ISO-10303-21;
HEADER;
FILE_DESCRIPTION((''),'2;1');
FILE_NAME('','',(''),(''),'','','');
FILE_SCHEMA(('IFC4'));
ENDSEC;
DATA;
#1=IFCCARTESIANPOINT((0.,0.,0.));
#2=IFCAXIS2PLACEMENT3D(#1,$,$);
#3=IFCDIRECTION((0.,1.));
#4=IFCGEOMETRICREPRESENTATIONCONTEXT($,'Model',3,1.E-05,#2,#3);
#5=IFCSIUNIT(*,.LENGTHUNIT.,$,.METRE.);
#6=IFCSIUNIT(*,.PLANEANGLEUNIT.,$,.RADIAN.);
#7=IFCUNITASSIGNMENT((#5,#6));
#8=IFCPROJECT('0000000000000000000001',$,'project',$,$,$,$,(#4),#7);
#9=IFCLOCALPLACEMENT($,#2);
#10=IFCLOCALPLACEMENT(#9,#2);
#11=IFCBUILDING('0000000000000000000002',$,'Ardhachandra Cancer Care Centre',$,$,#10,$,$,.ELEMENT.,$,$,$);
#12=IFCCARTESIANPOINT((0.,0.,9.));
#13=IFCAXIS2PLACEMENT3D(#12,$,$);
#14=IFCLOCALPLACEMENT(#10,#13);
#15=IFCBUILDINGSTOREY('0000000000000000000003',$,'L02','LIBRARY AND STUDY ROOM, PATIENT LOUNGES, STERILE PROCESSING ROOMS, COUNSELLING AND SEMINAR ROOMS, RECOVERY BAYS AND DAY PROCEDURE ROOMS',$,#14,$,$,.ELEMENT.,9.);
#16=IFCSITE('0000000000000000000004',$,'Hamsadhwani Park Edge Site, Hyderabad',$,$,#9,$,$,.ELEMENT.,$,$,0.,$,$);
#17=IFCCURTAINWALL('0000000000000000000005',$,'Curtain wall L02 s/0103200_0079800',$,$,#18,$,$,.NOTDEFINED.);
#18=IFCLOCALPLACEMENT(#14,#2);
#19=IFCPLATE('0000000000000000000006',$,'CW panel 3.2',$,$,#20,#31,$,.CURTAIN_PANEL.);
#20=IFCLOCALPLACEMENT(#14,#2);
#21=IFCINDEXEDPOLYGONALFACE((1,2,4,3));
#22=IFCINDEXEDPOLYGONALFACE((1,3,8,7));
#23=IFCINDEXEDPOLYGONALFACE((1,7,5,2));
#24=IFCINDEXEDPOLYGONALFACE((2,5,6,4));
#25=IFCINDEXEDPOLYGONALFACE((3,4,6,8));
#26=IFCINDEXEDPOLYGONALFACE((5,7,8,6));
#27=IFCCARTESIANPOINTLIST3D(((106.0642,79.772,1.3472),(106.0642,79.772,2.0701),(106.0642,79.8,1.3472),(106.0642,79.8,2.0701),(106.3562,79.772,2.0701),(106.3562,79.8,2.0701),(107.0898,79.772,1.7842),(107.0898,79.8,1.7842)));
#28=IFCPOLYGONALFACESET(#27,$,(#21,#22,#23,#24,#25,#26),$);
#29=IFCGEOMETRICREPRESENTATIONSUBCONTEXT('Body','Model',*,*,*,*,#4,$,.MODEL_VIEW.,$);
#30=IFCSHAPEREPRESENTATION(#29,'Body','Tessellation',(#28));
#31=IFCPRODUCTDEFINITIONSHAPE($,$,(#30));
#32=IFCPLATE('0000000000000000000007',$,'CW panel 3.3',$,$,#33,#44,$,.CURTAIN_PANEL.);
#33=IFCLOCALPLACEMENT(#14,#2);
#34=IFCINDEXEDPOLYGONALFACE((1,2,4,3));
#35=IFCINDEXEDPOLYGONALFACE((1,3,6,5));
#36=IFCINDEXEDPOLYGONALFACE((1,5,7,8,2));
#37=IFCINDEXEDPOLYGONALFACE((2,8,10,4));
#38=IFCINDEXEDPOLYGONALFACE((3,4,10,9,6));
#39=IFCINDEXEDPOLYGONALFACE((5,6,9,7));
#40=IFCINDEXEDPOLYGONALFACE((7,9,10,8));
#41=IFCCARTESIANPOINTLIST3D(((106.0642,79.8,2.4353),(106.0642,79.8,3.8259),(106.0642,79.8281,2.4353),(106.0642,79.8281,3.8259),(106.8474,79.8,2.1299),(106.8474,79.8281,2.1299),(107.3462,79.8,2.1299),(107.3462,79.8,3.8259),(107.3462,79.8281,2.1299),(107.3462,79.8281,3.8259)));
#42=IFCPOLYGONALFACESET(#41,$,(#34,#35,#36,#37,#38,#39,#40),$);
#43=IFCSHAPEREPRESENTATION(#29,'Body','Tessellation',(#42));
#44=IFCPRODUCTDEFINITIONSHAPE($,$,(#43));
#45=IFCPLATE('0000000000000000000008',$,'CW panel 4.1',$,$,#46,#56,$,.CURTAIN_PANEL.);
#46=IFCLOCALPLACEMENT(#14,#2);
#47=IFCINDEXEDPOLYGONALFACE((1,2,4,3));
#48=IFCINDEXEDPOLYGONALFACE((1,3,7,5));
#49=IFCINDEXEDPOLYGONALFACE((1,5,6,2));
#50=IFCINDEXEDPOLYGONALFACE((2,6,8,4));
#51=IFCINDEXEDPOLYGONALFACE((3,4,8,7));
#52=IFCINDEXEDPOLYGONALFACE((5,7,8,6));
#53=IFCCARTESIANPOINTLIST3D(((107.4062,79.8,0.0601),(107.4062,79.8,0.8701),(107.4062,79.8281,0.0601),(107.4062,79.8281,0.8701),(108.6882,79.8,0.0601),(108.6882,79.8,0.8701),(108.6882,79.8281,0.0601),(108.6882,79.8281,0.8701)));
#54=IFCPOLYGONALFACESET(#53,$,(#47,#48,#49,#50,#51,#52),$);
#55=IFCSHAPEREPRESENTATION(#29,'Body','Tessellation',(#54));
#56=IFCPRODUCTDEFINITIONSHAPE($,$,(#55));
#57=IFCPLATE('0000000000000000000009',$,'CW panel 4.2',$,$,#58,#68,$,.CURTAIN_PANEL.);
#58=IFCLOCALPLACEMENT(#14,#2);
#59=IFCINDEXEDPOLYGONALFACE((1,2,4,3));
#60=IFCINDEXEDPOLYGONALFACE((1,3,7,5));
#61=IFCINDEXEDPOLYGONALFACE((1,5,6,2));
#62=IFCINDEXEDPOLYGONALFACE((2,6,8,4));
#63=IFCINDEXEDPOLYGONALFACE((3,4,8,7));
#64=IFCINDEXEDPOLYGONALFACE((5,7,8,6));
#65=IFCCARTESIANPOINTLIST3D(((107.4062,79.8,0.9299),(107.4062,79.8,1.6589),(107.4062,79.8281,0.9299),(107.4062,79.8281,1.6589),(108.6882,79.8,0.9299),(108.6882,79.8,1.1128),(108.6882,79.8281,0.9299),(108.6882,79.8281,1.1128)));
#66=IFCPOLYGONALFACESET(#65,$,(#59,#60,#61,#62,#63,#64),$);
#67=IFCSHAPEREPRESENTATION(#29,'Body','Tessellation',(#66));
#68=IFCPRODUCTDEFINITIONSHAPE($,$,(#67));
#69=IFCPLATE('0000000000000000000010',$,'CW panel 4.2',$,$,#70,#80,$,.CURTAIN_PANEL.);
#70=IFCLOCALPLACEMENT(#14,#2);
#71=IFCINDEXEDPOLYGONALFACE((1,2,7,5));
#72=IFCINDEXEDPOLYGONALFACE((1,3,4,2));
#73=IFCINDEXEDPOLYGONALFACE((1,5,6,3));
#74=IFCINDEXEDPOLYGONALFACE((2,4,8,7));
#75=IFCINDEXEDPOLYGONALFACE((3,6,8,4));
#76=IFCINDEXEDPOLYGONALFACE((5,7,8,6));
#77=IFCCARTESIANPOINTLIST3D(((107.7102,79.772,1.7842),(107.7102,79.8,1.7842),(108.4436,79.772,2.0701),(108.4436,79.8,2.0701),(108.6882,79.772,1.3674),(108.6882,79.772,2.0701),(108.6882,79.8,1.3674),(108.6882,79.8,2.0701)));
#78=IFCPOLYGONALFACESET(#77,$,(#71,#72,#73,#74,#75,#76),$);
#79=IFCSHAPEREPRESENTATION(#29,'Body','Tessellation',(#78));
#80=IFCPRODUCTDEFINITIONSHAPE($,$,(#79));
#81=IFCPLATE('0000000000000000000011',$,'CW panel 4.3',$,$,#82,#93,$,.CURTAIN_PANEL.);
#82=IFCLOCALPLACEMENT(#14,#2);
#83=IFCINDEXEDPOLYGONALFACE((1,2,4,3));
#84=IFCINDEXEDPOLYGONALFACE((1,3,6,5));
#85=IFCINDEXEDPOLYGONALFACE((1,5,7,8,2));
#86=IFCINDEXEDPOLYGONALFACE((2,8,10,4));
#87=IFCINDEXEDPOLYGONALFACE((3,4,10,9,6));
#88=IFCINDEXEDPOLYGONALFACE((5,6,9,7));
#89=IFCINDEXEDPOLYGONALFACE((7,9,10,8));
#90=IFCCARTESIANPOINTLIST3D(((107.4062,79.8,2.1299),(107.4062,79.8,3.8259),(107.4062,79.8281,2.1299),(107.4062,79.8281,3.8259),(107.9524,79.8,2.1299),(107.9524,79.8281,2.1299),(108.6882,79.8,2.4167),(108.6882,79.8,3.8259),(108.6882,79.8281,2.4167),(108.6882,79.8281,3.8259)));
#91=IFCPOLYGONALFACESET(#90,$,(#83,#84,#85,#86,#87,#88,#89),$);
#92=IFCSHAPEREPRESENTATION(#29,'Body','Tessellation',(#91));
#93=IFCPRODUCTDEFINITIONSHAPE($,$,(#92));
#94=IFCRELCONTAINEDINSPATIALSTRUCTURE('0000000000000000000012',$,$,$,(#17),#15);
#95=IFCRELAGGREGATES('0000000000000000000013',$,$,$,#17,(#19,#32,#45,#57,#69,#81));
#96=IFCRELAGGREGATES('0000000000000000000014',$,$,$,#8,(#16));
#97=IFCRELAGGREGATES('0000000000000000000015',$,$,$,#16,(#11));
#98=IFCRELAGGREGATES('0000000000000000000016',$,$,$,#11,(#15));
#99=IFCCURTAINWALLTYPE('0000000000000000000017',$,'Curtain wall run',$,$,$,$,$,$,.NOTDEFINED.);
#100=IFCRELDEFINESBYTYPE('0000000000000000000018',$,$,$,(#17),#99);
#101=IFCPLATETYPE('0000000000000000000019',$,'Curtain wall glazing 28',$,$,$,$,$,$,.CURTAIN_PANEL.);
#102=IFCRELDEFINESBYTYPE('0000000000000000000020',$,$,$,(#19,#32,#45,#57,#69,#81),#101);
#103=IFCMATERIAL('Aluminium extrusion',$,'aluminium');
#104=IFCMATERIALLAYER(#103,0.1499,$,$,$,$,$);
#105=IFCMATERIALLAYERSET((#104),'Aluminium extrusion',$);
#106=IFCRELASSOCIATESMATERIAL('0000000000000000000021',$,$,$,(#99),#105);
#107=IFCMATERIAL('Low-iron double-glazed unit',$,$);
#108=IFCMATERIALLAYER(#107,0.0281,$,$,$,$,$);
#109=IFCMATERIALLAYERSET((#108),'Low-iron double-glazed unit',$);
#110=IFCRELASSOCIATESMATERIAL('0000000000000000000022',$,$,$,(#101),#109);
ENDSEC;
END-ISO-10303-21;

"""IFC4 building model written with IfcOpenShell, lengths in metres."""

from ifc_helpers import new_model, si_unit, direction, frame, origin, place, context, subcontext, project, spatial, polyline, outline, extrude, material, layer, layer_set, type_object, element, aggregate, save


model = new_model("IFC4")

# Units and contexts
model_context = context("Model", 3, precision=1e-05, world=origin(), true_north=direction((0.0, 1.0)))
body_context = subcontext(model_context, "Body", "Model", "MODEL_VIEW")
ifc_project = project(units=[si_unit("LENGTHUNIT", "METRE"), si_unit("PLANEANGLEUNIT", "RADIAN")], contexts=[model_context])

# Site, building, storey
site_placement = place(None, origin())
site = spatial("IfcSite", under=ifc_project, at=site_placement, Name="Hamsadhwani Park Edge Site, Hyderabad", CompositionType="ELEMENT", RefElevation=0.0)
building_placement = place(site_placement, origin())
building = spatial("IfcBuilding", under=site, at=building_placement, Name="Ardhachandra Cancer Care Centre", CompositionType="ELEMENT")
storey_placement = place(building_placement, frame((0.0, 0.0, 9.0)))
storey = spatial("IfcBuildingStorey", under=building, at=storey_placement, Name="L02", Description="LIBRARY AND STUDY ROOM, PATIENT LOUNGES, STERILE PROCESSING ROOMS, COUNSELLING AND SEMINAR ROOMS, RECOVERY BAYS AND DAY PROCEDURE ROOMS", CompositionType="ELEMENT", Elevation=9.0)

# Curtain wall
ifc_material_1 = material(Name="Aluminium extrusion", Category="aluminium")
ifc_layer_1 = layer(ifc_material_1, 0.1499)
ifc_layer_set_1 = layer_set([ifc_layer_1], Name="Aluminium extrusion")
curtain_wall_type = type_object("IfcCurtainWallType", Name="Curtain wall run", PredefinedType="NOTDEFINED", material=ifc_layer_set_1)
curtain_wall_placement = place(storey_placement, origin())
curtain_wall = element("IfcCurtainWall", 1, at=curtain_wall_placement, inside=storey, type_object=curtain_wall_type, Name="Curtain wall L02 s/0103200_0079800", PredefinedType="NOTDEFINED")

# Plates
ifc_material_2 = material(Name="Low-iron double-glazed unit")
ifc_layer_2 = layer(ifc_material_2, 0.0281)
ifc_layer_set_2 = layer_set([ifc_layer_2], Name="Low-iron double-glazed unit")
plate_type = type_object("IfcPlateType", Name="Curtain wall glazing 28", PredefinedType="CURTAIN_PANEL", material=ifc_layer_set_2)
plate_1_placement = place(storey_placement, frame((106.0642, 79.8, 2.0701), z_axis=(0.0, 1.0, 0.0), x_axis=(1.0, 0.0, 0.0)))
plate_1 = element("IfcPlate", 2, at=plate_1_placement, type_object=plate_type, Name="CW panel 3.2", PredefinedType="CURTAIN_PANEL", context=body_context, shape_type="SweptSolid", body=[
    extrude(outline(polyline([(0.0, 0.0), (0.292, 0.0), (1.0256, 0.2859), (0.0, 0.7229), (0.0, 0.0)])), frame((0.0, 0.0, -0.0281)), (0.0, 0.0, 1.0), 0.0281),
])
plate_2_placement = place(storey_placement, frame((106.0642, 79.8, 3.8259), z_axis=(0.0, 1.0, 0.0), x_axis=(1.0, 0.0, 0.0)))
plate_2 = element("IfcPlate", 3, at=plate_2_placement, type_object=plate_type, Name="CW panel 3.3", PredefinedType="CURTAIN_PANEL", context=body_context, shape_type="SweptSolid", body=[
    extrude(outline(polyline([(0.0, 0.0), (1.282, 0.0), (1.282, 1.696), (0.7832, 1.696), (0.0, 1.3906), (0.0, 0.0)])), origin(), (0.0, 0.0, 1.0), 0.0281),
])
plate_3_placement = place(storey_placement, frame((107.4062, 79.8, 0.0601), z_axis=(0.0, 1.0, 0.0), x_axis=(0.0, 0.0, 1.0)))
plate_3 = element("IfcPlate", 4, at=plate_3_placement, type_object=plate_type, Name="CW panel 4.1", PredefinedType="CURTAIN_PANEL", context=body_context, shape_type="SweptSolid", body=[
    extrude(outline(polyline([(0.0, 0.0), (0.8101, 0.0), (0.8101, 1.282), (0.0, 1.282), (0.0, 0.0)])), origin(), (0.0, 0.0, 1.0), 0.0281),
])
plate_4_placement = place(storey_placement, frame((108.6882, 79.8, 0.9299), z_axis=(0.0, 1.0, 0.0), x_axis=(-1.0, 0.0, 0.0)))
plate_4 = element("IfcPlate", 5, at=plate_4_placement, type_object=plate_type, Name="CW panel 4.2", PredefinedType="CURTAIN_PANEL", context=body_context, shape_type="SweptSolid", body=[
    extrude(outline(polyline([(0.0, 0.0), (1.282, 0.0), (1.282, 0.729), (0.0, 0.1829), (0.0, 0.0)])), origin(), (0.0, 0.0, 1.0), 0.0281),
])
plate_5_placement = place(storey_placement, frame((108.6882, 79.8, 2.0701), z_axis=(0.0, 1.0, 0.0), x_axis=(0.0, 0.0, -1.0)))
plate_5 = element("IfcPlate", 6, at=plate_5_placement, type_object=plate_type, Name="CW panel 4.2", PredefinedType="CURTAIN_PANEL", context=body_context, shape_type="SweptSolid", body=[
    extrude(outline(polyline([(0.0, 0.0), (0.7026, 0.0), (0.2859, 0.978), (0.0, 0.2446), (0.0, 0.0)])), frame((0.0, 0.0, -0.0281)), (0.0, 0.0, 1.0), 0.0281),
])
plate_6_placement = place(storey_placement, frame((107.4062, 79.8, 2.1299), z_axis=(0.0, 1.0, 0.0), x_axis=(0.0, 0.0, 1.0)))
plate_6 = element("IfcPlate", 7, at=plate_6_placement, type_object=plate_type, Name="CW panel 4.3", PredefinedType="CURTAIN_PANEL", context=body_context, shape_type="SweptSolid", body=[
    extrude(outline(polyline([(0.0, 0.0), (1.696, 0.0), (1.696, 1.282), (0.2869, 1.282), (0.0, 0.5461), (0.0, 0.0)])), origin(), (0.0, 0.0, 1.0), 0.0281),
])
aggregate(curtain_wall, [plate_1, plate_2, plate_3, plate_4, plate_5, plate_6])

save(model, "model.ifc")
